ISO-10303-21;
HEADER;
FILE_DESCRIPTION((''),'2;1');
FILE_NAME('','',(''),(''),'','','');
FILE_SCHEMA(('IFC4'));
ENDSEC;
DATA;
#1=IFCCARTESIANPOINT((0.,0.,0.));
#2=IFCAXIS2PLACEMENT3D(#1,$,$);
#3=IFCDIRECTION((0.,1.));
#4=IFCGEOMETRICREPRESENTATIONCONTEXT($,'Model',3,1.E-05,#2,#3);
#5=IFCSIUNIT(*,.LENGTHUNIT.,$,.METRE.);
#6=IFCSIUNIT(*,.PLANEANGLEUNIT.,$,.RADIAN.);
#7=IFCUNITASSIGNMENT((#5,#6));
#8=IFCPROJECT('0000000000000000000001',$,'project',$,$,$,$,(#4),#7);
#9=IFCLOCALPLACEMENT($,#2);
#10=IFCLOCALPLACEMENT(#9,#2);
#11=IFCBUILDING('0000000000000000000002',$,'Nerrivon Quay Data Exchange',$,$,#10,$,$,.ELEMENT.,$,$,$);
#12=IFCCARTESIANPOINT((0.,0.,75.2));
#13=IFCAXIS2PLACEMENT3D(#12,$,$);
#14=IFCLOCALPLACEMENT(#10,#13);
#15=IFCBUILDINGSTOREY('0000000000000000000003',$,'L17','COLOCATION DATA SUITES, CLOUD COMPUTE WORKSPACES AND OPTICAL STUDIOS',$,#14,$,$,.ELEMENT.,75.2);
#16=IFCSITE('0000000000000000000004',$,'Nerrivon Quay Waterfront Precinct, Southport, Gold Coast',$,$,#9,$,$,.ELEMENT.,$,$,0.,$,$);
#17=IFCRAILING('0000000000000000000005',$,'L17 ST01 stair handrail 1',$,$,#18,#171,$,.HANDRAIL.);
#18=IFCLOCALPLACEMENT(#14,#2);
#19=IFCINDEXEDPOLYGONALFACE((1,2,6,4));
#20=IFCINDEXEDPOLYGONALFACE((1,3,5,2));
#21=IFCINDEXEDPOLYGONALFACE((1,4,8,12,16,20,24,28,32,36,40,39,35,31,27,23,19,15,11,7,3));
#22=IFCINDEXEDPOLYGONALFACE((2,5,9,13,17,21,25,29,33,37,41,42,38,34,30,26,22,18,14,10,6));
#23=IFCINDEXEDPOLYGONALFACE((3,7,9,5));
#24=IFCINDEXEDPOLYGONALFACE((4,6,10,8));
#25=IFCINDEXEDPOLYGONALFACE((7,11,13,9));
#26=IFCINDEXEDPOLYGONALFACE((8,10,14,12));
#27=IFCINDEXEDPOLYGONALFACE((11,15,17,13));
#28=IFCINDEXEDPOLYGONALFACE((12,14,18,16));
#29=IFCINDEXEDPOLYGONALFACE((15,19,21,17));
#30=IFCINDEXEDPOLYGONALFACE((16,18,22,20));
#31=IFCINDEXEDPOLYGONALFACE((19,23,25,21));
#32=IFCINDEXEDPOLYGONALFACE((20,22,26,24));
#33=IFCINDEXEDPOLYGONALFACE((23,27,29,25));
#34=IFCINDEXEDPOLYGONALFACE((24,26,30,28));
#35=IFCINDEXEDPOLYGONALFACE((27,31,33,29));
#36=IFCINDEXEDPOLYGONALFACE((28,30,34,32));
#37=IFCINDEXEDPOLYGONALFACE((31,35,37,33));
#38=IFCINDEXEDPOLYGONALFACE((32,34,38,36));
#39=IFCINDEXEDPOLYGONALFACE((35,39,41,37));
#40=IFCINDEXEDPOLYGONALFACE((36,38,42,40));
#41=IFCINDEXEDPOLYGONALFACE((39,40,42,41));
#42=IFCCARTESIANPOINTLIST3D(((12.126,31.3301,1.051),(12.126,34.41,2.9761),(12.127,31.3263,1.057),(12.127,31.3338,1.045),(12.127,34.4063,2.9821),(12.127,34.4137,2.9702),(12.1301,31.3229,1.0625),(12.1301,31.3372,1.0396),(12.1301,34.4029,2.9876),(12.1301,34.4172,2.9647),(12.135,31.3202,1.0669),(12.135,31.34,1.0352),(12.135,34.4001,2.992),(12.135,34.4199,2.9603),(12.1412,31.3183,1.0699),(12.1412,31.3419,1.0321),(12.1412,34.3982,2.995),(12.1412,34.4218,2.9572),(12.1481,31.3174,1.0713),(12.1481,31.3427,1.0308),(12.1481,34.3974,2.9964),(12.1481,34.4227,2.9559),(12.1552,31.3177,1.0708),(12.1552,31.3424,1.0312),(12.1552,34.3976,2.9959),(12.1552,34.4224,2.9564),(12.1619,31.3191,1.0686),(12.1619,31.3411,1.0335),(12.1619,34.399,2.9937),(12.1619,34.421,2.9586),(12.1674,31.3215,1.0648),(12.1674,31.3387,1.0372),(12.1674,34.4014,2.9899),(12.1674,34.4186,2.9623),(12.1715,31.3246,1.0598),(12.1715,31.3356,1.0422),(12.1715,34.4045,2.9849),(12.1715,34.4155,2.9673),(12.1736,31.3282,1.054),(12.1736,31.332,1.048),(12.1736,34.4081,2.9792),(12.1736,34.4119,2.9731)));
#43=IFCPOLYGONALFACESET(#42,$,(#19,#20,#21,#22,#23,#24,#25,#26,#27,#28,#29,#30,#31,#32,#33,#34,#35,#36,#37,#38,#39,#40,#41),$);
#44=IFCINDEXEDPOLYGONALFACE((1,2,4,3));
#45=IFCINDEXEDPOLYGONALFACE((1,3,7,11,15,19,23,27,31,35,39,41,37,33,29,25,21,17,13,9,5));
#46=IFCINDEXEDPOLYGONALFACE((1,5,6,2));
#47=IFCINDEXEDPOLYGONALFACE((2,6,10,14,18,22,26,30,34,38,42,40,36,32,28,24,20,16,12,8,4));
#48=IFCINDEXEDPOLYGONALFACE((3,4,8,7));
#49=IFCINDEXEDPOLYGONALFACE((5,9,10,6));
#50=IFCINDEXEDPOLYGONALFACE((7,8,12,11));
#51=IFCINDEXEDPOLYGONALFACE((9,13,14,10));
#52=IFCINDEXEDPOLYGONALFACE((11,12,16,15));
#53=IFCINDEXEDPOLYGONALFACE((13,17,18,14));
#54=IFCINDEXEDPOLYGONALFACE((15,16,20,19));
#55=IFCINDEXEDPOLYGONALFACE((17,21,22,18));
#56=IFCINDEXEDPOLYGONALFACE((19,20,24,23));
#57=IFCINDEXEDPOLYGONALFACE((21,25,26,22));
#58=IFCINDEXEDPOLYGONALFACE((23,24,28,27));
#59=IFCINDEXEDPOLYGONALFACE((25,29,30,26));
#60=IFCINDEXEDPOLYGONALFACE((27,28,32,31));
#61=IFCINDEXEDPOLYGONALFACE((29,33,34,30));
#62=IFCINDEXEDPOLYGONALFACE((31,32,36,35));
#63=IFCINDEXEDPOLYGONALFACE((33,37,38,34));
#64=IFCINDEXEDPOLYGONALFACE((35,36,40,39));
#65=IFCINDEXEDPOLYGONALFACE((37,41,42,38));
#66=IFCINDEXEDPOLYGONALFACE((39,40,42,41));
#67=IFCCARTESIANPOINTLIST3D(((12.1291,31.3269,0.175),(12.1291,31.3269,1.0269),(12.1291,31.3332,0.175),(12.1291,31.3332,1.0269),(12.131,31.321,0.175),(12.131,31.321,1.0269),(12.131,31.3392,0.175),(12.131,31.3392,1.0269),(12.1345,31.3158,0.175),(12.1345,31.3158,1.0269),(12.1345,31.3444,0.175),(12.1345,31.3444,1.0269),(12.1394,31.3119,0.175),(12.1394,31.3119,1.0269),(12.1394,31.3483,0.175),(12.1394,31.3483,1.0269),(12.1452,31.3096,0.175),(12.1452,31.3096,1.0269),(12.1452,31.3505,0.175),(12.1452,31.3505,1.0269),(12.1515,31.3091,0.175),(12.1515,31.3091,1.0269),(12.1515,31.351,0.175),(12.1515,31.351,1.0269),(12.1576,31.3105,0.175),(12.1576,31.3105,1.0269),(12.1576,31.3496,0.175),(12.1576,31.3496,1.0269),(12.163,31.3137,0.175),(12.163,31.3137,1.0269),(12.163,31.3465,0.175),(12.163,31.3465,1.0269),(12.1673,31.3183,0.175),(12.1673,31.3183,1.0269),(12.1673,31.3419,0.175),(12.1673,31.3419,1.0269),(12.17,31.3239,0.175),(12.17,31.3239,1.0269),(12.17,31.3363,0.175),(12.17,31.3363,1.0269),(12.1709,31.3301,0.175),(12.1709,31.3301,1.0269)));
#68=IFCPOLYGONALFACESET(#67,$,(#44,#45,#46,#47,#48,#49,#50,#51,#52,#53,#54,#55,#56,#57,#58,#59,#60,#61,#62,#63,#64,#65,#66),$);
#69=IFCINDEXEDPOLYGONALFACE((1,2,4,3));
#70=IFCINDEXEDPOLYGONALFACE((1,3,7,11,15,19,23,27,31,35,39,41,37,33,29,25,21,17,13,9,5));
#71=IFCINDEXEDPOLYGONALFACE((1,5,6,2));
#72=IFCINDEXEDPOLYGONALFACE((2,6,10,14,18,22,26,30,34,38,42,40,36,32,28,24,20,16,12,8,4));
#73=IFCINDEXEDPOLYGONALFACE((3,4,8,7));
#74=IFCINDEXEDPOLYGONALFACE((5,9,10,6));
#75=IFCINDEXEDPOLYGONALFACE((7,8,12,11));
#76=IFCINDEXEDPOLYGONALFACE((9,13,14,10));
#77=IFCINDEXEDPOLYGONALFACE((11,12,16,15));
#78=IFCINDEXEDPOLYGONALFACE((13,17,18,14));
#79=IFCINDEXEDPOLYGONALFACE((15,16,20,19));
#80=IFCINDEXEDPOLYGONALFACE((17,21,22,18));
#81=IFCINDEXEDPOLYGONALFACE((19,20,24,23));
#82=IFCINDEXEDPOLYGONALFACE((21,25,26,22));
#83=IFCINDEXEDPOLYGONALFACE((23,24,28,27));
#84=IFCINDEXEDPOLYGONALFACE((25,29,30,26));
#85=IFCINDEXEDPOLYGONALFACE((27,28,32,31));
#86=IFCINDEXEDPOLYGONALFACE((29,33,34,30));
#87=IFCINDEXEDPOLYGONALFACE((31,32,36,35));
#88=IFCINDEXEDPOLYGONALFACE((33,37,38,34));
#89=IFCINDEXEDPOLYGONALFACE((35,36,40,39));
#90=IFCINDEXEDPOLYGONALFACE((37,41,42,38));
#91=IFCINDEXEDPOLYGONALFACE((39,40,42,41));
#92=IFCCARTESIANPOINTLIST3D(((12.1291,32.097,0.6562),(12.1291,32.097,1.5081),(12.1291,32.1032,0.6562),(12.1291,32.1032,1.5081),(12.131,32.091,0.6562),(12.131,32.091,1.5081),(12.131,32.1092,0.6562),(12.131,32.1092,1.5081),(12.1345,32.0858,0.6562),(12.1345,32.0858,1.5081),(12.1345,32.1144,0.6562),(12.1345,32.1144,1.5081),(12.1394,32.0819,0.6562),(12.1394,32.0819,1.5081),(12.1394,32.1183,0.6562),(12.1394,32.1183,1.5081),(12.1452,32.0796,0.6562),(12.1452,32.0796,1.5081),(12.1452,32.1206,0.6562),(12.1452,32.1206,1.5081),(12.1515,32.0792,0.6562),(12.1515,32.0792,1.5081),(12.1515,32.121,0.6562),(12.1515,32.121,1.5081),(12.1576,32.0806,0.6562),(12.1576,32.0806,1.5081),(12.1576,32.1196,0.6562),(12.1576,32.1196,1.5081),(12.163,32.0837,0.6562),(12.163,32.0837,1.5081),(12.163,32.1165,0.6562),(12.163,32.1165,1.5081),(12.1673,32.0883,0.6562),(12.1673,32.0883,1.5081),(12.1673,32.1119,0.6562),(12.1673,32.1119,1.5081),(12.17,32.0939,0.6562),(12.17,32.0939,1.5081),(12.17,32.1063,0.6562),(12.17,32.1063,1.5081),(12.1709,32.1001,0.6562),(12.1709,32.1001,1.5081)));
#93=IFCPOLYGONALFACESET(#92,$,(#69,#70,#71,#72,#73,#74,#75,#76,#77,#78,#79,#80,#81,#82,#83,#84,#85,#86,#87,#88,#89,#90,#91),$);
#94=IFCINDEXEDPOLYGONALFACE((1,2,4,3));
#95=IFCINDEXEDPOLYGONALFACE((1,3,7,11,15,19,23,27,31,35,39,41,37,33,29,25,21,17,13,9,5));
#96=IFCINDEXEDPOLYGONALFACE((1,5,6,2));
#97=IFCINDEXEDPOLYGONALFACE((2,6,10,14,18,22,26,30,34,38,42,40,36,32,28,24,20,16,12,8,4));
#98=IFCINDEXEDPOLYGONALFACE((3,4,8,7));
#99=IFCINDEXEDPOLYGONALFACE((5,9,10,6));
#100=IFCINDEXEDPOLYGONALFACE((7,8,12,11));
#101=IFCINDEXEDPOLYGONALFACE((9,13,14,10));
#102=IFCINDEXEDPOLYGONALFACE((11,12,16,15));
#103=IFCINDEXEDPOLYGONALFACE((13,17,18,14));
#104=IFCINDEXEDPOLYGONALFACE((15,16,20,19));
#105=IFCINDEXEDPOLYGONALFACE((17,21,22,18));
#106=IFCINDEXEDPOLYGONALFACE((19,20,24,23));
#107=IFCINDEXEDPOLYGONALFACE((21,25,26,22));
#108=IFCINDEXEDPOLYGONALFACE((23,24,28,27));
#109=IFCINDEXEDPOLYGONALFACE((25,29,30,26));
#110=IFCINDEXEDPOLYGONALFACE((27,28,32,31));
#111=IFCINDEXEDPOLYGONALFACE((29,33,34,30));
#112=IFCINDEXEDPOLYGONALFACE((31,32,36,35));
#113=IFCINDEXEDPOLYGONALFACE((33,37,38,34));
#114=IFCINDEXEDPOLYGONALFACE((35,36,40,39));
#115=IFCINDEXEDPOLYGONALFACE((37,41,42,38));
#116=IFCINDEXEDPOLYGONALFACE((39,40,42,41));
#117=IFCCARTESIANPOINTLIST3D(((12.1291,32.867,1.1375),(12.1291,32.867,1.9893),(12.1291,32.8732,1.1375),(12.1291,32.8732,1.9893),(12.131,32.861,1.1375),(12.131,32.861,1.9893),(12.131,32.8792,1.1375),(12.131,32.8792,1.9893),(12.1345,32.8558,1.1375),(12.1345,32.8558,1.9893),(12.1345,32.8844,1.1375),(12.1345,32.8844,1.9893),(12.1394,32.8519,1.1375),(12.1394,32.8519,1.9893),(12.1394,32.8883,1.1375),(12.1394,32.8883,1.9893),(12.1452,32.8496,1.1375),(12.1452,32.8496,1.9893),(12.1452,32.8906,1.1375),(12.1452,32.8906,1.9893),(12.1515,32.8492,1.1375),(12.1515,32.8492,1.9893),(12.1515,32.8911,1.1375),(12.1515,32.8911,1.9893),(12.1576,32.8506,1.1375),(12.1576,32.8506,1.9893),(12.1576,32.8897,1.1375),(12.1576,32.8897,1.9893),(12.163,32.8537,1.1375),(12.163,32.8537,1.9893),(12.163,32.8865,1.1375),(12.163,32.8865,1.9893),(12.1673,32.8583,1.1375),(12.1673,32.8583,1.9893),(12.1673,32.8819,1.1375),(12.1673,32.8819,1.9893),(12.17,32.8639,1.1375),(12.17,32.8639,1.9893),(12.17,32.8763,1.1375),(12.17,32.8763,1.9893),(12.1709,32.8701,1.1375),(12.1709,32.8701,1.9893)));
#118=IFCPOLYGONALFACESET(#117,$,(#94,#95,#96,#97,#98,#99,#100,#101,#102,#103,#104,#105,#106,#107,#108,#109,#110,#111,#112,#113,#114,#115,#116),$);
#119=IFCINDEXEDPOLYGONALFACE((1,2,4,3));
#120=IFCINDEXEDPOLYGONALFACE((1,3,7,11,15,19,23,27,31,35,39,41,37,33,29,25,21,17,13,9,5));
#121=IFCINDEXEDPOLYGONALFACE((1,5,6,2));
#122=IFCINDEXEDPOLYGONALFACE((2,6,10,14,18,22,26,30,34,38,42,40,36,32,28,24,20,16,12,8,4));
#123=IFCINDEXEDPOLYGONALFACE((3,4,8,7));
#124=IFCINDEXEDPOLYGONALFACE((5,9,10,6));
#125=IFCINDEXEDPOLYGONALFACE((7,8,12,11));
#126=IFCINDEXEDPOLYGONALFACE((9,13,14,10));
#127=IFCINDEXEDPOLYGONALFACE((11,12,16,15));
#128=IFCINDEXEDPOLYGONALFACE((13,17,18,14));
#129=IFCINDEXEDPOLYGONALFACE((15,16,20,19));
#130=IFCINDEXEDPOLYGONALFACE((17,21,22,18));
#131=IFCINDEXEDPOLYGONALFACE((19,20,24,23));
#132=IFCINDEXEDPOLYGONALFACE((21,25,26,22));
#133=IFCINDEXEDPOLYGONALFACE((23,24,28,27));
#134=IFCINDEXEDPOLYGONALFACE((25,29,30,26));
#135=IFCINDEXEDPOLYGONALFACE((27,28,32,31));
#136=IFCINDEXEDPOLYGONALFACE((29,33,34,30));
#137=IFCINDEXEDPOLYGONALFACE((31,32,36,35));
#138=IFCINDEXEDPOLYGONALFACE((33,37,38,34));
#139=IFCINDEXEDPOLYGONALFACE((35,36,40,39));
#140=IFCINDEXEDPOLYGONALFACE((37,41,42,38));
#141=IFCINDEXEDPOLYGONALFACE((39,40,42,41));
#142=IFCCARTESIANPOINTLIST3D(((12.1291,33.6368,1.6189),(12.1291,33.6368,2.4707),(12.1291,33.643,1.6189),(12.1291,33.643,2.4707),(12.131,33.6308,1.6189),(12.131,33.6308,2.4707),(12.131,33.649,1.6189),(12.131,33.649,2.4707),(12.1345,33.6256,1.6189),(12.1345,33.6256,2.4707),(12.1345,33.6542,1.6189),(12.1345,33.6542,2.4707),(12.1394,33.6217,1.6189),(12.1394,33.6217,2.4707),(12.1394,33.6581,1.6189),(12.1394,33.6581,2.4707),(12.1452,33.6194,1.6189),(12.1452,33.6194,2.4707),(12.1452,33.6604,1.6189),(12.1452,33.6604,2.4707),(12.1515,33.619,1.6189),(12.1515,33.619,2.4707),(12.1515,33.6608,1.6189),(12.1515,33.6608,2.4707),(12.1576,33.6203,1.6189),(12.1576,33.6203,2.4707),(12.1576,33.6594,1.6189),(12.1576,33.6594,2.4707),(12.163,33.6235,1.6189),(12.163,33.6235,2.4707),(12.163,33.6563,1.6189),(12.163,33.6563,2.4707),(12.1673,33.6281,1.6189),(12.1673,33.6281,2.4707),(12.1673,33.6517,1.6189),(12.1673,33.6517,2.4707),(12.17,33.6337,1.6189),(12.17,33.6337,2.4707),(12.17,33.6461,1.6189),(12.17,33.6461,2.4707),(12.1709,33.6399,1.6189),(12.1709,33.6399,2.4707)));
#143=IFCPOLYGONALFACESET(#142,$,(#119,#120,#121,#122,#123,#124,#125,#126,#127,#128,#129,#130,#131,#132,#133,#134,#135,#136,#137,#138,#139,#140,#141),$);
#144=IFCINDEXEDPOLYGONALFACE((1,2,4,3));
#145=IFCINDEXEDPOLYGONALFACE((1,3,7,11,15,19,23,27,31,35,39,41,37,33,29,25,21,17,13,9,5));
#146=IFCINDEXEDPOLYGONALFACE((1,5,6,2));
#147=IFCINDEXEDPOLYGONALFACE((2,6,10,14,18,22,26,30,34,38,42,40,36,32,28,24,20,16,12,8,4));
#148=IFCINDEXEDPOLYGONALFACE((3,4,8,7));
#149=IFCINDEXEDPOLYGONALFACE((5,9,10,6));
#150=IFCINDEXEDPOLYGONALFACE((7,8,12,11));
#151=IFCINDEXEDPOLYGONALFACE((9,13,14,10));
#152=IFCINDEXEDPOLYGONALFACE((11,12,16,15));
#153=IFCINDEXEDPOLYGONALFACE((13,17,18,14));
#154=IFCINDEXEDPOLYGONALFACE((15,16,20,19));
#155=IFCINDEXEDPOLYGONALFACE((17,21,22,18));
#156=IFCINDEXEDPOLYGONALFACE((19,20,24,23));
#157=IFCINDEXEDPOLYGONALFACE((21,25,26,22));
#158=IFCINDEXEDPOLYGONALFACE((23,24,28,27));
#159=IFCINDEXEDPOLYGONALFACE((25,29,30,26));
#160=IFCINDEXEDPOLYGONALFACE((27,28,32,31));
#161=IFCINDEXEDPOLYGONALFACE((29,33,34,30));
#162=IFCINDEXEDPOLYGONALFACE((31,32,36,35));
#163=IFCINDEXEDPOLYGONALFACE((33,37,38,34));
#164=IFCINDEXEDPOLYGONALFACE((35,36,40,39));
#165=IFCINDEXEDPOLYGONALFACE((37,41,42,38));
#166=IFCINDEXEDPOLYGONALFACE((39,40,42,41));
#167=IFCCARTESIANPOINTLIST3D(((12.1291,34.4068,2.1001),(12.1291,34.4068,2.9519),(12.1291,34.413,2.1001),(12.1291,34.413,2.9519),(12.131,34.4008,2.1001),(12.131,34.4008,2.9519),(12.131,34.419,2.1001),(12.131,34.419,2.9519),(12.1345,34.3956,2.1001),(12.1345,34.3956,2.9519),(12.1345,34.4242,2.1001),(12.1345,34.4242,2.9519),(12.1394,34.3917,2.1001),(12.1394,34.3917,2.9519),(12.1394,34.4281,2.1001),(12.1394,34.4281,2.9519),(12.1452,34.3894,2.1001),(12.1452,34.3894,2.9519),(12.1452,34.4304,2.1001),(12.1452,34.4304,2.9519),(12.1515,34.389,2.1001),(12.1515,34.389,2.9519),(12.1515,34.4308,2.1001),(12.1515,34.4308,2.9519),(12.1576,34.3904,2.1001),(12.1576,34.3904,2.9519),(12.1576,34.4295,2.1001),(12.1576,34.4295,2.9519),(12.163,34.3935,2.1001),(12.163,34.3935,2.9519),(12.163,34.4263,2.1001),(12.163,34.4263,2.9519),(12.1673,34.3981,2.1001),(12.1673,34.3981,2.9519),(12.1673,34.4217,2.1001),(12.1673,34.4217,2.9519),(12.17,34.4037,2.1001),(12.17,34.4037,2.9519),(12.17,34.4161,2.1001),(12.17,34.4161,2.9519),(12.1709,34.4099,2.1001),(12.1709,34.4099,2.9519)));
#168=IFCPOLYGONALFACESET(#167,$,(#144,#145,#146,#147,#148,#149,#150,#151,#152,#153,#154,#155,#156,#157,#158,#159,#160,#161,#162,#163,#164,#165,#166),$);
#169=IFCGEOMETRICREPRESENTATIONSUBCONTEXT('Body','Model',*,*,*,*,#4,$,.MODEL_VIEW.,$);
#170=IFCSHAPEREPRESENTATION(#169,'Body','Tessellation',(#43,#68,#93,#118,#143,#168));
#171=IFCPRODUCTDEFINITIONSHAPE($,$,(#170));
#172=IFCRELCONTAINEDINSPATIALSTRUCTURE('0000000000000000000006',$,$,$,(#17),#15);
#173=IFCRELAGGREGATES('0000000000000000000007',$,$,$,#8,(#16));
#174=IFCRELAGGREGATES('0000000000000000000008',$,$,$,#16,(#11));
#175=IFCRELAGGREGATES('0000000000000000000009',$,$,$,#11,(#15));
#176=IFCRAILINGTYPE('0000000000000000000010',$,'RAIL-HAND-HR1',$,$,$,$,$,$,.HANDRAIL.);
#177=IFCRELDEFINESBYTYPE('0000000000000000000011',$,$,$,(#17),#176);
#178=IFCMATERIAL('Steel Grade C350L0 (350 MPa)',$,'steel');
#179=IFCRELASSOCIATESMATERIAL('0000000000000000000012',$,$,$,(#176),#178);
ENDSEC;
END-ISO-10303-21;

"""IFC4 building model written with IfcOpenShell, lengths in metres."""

from ifc_helpers import new_model, si_unit, direction, frame, origin, origin_2d, place, context, subcontext, project, spatial, circle, extrude, material, type_object, element, save


model = new_model("IFC4")

# Units and contexts
model_context = context("Model", 3, precision=1e-05, world=origin(), true_north=direction((0.0, 1.0)))
body_context = subcontext(model_context, "Body", "Model", "MODEL_VIEW")
ifc_project = project(units=[si_unit("LENGTHUNIT", "METRE"), si_unit("PLANEANGLEUNIT", "RADIAN")], contexts=[model_context])

# Site, building, storey
site_placement = place(None, origin())
site = spatial("IfcSite", under=ifc_project, at=site_placement, Name="Nerrivon Quay Waterfront Precinct, Southport, Gold Coast", CompositionType="ELEMENT", RefElevation=0.0)
building_placement = place(site_placement, origin())
building = spatial("IfcBuilding", under=site, at=building_placement, Name="Nerrivon Quay Data Exchange", CompositionType="ELEMENT")
storey_placement = place(building_placement, frame((0.0, 0.0, 75.2)))
storey = spatial("IfcBuildingStorey", under=building, at=storey_placement, Name="L17", Description="COLOCATION DATA SUITES, CLOUD COMPUTE WORKSPACES AND OPTICAL STUDIOS", CompositionType="ELEMENT", Elevation=75.2)

# Railing
ifc_material_1 = material(Name="Steel Grade C350L0 (350 MPa)", Category="steel")
railing_type_1 = type_object("IfcRailingType", Name="RAIL-HAND-HR1", PredefinedType="HANDRAIL", material=ifc_material_1)
railing_1_placement = place(storey_placement, frame((12.1499, 31.3301, 0.175)))
element("IfcRailing", 1, at=railing_1_placement, inside=storey, type_object=railing_type_1, Name="L17 ST01 stair handrail 1", PredefinedType="HANDRAIL", context=body_context, shape_type="SweptSolid", body=[
    extrude(circle(Radius=0.0239, at=origin_2d()), frame((0.0, 0.0, 0.876), z_axis=(0.0, 0.847979, 0.530029), x_axis=(-1.0, 0.0, 0.0)), (0.0, 0.0, 1.0), 3.6321),
    extrude(circle(Radius=0.021, at=origin_2d()), origin(), (0.0, 0.0, 1.0), 0.8518),
    extrude(circle(Radius=0.021, at=origin_2d()), frame((0.0, 0.77, 0.4812)), (0.0, 0.0, 1.0), 0.8518),
    extrude(circle(Radius=0.021, at=origin_2d()), frame((0.0, 1.54, 0.9624)), (0.0, 0.0, 1.0), 0.8518),
    extrude(circle(Radius=0.021, at=origin_2d()), frame((0.0, 2.3098, 1.4438)), (0.0, 0.0, 1.0), 0.8518),
    extrude(circle(Radius=0.021, at=origin_2d()), frame((0.0, 3.0798, 1.925)), (0.0, 0.0, 1.0), 0.8518),
])

save(model, "model.ifc")
